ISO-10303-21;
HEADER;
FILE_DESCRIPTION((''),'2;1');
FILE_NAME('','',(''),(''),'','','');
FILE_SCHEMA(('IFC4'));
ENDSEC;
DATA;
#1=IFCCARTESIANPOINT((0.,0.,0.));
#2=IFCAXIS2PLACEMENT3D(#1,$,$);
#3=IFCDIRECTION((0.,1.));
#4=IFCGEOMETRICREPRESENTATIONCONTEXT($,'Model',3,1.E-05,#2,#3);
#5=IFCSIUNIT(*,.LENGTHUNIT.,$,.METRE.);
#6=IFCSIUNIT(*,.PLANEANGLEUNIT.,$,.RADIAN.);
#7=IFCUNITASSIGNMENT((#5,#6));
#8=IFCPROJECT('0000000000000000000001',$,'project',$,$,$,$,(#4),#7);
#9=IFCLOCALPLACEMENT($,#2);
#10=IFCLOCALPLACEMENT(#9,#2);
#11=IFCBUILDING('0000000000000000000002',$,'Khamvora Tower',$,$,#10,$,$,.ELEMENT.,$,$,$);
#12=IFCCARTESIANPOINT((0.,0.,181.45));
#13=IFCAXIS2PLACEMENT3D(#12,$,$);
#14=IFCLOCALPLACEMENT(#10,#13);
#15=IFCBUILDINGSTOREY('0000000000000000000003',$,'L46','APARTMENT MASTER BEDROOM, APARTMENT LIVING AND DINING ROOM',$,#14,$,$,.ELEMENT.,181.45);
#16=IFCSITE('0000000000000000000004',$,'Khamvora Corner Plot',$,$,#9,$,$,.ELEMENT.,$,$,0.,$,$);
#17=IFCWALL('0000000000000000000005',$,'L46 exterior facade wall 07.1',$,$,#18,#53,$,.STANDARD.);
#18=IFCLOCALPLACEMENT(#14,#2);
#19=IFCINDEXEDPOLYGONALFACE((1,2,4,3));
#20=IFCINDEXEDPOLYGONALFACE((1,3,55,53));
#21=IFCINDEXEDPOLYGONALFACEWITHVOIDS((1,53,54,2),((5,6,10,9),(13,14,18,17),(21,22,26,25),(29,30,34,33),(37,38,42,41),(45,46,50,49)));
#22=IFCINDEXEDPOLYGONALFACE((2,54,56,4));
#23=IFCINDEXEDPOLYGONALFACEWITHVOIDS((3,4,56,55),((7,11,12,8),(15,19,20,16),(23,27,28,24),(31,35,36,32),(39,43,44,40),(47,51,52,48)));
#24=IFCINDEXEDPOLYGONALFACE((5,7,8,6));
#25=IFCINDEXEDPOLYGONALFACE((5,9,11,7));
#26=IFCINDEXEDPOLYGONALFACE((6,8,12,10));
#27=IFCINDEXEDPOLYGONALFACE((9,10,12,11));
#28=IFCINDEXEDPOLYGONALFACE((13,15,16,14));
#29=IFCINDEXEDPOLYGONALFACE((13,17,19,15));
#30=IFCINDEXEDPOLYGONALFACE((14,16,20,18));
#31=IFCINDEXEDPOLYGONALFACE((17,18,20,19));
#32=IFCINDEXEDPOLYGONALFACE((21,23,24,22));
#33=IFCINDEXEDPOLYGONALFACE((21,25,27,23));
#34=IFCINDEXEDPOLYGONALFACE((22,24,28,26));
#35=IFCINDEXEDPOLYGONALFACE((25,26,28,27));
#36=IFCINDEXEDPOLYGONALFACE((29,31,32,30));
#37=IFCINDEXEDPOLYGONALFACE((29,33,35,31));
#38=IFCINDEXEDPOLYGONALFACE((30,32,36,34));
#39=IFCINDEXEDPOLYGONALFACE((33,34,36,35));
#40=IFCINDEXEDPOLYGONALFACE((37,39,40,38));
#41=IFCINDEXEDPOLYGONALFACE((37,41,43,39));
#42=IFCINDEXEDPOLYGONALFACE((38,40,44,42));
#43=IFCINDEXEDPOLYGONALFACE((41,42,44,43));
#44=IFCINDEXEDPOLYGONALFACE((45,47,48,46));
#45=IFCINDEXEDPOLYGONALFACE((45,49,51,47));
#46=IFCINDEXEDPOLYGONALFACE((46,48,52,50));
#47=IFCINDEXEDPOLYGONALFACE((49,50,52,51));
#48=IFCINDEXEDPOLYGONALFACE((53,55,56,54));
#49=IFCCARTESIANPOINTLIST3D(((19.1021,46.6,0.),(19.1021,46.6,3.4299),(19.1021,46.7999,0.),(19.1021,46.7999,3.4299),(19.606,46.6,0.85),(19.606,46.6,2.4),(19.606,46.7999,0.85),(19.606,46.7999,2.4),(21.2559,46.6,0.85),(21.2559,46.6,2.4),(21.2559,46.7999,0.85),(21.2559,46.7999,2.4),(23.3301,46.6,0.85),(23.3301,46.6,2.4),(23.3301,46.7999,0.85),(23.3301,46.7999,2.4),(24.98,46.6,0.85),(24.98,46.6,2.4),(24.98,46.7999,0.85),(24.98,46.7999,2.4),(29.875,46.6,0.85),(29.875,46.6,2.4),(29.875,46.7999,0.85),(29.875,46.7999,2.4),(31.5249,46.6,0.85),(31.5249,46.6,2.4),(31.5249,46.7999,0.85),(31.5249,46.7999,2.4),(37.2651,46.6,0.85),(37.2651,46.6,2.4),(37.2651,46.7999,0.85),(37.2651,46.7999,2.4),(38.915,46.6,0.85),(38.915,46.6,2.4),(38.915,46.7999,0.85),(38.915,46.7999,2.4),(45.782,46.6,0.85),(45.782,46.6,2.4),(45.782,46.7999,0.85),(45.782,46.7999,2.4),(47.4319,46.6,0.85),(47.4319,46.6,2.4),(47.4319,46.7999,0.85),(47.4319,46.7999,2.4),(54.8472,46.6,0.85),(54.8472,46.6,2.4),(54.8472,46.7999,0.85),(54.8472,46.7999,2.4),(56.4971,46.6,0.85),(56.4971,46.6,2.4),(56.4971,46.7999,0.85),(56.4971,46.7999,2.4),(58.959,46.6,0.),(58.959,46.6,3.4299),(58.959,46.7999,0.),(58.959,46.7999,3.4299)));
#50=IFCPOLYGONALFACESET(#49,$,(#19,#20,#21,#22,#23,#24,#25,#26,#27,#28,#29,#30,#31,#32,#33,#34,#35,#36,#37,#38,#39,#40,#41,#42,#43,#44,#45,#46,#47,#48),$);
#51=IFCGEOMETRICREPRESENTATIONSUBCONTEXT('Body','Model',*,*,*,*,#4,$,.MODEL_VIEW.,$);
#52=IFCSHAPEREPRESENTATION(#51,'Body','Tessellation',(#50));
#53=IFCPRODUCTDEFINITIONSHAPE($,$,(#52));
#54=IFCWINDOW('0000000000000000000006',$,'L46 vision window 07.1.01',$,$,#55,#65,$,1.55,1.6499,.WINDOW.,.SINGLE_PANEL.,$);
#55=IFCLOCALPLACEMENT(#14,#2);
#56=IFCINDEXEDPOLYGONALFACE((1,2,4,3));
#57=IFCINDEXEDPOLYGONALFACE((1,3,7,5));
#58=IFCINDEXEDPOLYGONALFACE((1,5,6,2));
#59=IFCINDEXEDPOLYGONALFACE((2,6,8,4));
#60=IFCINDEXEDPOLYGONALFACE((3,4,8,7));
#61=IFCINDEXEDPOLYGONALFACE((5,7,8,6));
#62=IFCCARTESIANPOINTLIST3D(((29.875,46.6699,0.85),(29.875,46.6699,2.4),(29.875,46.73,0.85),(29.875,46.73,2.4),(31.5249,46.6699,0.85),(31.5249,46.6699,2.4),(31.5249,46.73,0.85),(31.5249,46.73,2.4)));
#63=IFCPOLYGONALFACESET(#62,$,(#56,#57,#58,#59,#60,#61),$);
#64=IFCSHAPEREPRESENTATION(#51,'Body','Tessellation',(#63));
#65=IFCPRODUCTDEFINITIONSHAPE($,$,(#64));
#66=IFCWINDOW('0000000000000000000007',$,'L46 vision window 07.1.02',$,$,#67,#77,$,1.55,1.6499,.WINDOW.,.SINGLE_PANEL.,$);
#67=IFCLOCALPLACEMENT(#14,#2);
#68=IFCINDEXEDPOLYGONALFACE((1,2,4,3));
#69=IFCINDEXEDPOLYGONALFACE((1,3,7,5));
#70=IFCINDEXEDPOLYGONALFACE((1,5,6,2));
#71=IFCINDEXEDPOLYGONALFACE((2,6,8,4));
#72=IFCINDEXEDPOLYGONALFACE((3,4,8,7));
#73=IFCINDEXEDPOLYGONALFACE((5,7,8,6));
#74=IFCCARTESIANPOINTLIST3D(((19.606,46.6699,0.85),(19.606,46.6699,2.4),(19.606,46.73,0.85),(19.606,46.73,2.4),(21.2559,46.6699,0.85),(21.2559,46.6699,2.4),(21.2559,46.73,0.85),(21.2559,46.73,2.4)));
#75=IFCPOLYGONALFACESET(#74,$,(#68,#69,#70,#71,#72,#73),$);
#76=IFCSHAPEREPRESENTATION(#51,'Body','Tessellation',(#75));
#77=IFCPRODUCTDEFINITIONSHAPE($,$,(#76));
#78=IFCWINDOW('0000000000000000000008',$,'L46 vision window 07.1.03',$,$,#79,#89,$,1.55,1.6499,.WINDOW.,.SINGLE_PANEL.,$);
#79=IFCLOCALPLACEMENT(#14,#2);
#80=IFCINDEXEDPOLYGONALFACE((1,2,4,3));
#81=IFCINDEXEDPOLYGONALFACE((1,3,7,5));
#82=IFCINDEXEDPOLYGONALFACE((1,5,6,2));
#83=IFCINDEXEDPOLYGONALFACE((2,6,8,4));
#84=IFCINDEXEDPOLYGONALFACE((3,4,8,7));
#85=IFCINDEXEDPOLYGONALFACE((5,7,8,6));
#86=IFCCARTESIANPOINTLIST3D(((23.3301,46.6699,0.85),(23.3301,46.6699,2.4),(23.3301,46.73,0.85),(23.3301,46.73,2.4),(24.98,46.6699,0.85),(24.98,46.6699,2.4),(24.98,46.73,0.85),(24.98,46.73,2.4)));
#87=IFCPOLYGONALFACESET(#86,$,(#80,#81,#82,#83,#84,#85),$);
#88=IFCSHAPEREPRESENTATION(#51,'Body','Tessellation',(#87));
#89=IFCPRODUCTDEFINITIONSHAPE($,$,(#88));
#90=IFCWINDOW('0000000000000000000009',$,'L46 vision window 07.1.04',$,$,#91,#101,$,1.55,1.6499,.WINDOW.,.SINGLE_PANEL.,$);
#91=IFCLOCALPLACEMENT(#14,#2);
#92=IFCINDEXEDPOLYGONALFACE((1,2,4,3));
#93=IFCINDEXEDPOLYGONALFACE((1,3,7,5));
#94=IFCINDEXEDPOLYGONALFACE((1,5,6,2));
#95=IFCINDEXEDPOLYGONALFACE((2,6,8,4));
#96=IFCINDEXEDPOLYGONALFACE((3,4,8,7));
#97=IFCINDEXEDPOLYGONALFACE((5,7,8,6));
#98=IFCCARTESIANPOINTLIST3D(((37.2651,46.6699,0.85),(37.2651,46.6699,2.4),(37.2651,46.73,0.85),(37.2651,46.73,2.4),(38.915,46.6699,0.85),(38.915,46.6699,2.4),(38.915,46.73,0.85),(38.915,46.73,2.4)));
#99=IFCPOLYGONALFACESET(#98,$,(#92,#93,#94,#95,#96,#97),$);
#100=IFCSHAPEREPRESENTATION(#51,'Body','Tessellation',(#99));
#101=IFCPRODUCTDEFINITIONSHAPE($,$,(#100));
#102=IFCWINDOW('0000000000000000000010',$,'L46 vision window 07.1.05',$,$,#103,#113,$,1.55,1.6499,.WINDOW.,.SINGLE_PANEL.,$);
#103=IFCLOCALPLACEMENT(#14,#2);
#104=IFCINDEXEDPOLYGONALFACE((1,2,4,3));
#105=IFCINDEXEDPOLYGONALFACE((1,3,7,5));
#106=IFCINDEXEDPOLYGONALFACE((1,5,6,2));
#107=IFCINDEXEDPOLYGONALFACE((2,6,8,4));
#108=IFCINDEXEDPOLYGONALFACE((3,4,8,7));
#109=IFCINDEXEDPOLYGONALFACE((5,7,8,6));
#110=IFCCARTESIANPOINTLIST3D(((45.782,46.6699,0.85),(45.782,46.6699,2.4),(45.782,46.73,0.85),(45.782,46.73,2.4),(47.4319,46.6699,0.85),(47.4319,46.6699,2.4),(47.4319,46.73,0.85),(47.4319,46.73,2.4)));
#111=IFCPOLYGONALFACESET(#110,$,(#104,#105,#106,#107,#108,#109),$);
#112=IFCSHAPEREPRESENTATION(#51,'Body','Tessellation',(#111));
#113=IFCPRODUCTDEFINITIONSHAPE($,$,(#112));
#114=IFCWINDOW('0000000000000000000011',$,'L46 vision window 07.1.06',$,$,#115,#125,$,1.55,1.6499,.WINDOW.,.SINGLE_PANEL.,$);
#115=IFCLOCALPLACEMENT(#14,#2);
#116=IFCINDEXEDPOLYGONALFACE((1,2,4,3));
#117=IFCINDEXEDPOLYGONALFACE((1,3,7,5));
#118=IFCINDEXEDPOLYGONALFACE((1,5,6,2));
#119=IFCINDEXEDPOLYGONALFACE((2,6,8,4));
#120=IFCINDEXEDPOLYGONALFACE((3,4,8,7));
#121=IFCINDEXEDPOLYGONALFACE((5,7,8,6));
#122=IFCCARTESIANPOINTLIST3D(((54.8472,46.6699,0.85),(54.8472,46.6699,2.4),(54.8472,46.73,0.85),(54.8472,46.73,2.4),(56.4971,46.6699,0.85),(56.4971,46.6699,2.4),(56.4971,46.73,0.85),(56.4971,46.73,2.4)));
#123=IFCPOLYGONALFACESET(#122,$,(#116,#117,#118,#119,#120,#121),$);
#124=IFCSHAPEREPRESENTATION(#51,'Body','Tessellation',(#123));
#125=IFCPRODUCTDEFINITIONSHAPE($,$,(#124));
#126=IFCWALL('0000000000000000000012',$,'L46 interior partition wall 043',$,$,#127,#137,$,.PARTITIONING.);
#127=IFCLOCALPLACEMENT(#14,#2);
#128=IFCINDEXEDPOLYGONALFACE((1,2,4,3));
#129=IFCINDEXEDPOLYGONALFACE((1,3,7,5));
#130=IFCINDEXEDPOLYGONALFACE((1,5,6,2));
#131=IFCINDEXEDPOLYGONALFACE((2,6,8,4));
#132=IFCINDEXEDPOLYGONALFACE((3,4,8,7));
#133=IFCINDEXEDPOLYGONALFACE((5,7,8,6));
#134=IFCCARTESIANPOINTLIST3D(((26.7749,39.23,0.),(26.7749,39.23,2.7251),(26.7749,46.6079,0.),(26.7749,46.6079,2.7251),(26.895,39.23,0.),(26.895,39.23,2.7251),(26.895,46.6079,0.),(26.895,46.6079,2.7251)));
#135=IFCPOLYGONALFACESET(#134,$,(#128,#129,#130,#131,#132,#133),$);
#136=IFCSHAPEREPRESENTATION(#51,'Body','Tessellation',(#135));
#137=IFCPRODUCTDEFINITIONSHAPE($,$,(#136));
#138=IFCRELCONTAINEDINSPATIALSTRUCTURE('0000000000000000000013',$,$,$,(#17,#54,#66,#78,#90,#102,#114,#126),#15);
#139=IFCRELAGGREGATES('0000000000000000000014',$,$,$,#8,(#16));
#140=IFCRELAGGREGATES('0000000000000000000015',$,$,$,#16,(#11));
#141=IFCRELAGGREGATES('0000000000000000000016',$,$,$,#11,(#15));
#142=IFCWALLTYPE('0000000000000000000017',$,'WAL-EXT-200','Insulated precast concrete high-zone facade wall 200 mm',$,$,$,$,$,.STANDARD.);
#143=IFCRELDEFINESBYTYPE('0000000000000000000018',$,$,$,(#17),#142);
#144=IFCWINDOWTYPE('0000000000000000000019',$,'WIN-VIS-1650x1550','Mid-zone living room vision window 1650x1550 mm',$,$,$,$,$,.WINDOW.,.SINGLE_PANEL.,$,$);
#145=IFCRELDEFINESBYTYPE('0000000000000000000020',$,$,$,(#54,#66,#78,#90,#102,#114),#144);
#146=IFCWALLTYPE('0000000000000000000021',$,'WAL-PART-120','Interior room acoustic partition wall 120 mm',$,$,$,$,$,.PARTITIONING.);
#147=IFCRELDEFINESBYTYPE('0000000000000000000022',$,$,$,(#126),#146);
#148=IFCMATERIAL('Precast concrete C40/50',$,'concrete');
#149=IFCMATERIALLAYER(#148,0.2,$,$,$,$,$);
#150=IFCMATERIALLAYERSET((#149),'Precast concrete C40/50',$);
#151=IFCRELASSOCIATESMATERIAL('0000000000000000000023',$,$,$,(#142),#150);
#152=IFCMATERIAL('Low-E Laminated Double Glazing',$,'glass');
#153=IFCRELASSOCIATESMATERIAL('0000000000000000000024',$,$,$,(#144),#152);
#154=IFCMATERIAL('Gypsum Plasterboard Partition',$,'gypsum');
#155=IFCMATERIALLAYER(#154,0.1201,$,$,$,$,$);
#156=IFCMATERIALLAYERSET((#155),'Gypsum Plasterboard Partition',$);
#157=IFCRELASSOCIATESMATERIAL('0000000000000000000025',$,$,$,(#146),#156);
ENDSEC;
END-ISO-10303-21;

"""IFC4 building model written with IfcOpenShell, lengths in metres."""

from ifc_helpers import new_model, si_unit, direction, frame, frame_2d, origin, place, context, subcontext, project, spatial, rectangle, extrude, material, layer, layer_set, type_object, element, fill, save


model = new_model("IFC4")

# Units and contexts
model_context = context("Model", 3, precision=1e-05, world=origin(), true_north=direction((0.0, 1.0)))
body_context = subcontext(model_context, "Body", "Model", "MODEL_VIEW")
ifc_project = project(units=[si_unit("LENGTHUNIT", "METRE"), si_unit("PLANEANGLEUNIT", "RADIAN")], contexts=[model_context])

# Site, building, storey
site_placement = place(None, origin())
site = spatial("IfcSite", under=ifc_project, at=site_placement, Name="Khamvora Corner Plot", CompositionType="ELEMENT", RefElevation=0.0)
building_placement = place(site_placement, origin())
building = spatial("IfcBuilding", under=site, at=building_placement, Name="Khamvora Tower", CompositionType="ELEMENT")
storey_placement = place(building_placement, frame((0.0, 0.0, 181.45)))
storey = spatial("IfcBuildingStorey", under=building, at=storey_placement, Name="L46", Description="APARTMENT MASTER BEDROOM, APARTMENT LIVING AND DINING ROOM", CompositionType="ELEMENT", Elevation=181.45)

# Wall, openings, windows
ifc_material_1 = material(Name="Precast concrete C40/50", Category="concrete")
ifc_layer_1 = layer(ifc_material_1, 0.2)
ifc_layer_set_1 = layer_set([ifc_layer_1], Name="Precast concrete C40/50")
wall_type_1 = type_object("IfcWallType", Name="WAL-EXT-200", Description="Insulated precast concrete high-zone facade wall 200 mm", PredefinedType="STANDARD", material=ifc_layer_set_1)
wall_1_placement = place(storey_placement, frame((19.1021, 46.7, 0.0), z_axis=(0.0, 0.0, 1.0), x_axis=(1.0, 0.0, 0.0)))
wall_1 = element("IfcWall", 1, at=wall_1_placement, inside=storey, type_object=wall_type_1, Name="L46 exterior facade wall 07.1", PredefinedType="STANDARD", context=body_context, shape_type="SweptSolid", body=[
    extrude(rectangle(XDim=39.8569, YDim=0.2, at=frame_2d((19.9285, 0.0))), origin(), (0.0, 0.0, 1.0), 3.4299),
])
opening_1_placement = place(wall_1_placement, frame((10.7729, 0.0, 0.8501)))
opening_1 = element("IfcOpeningElement", 2, at=opening_1_placement, cuts=wall_1, PredefinedType="OPENING", context=body_context, shape_type="SweptSolid", body=[
    extrude(rectangle(XDim=1.6499, YDim=1.55, at=frame_2d((0.825, 0.7749))), frame((0.0, 0.1099, 0.0), z_axis=(0.0, -1.0, 0.0), x_axis=(1.0, 0.0, 0.0)), (0.0, 0.0, 1.0), 0.22),
])
opening_2_placement = place(wall_1_placement, frame((0.5039, 0.0, 0.8501)))
opening_2 = element("IfcOpeningElement", 3, at=opening_2_placement, cuts=wall_1, PredefinedType="OPENING", context=body_context, shape_type="SweptSolid", body=[
    extrude(rectangle(XDim=1.6499, YDim=1.55, at=frame_2d((0.825, 0.7749))), frame((0.0, 0.1099, 0.0), z_axis=(0.0, -1.0, 0.0), x_axis=(1.0, 0.0, 0.0)), (0.0, 0.0, 1.0), 0.22),
])
opening_3_placement = place(wall_1_placement, frame((4.228, 0.0, 0.8501)))
opening_3 = element("IfcOpeningElement", 4, at=opening_3_placement, cuts=wall_1, PredefinedType="OPENING", context=body_context, shape_type="SweptSolid", body=[
    extrude(rectangle(XDim=1.6499, YDim=1.55, at=frame_2d((0.825, 0.7749))), frame((0.0, 0.1099, 0.0), z_axis=(0.0, -1.0, 0.0), x_axis=(1.0, 0.0, 0.0)), (0.0, 0.0, 1.0), 0.22),
])
opening_4_placement = place(wall_1_placement, frame((18.1631, 0.0, 0.8501)))
opening_4 = element("IfcOpeningElement", 5, at=opening_4_placement, cuts=wall_1, PredefinedType="OPENING", context=body_context, shape_type="SweptSolid", body=[
    extrude(rectangle(XDim=1.6499, YDim=1.55, at=frame_2d((0.825, 0.7749))), frame((0.0, 0.1099, 0.0), z_axis=(0.0, -1.0, 0.0), x_axis=(1.0, 0.0, 0.0)), (0.0, 0.0, 1.0), 0.22),
])
opening_5_placement = place(wall_1_placement, frame((26.6799, 0.0, 0.8501)))
opening_5 = element("IfcOpeningElement", 6, at=opening_5_placement, cuts=wall_1, PredefinedType="OPENING", context=body_context, shape_type="SweptSolid", body=[
    extrude(rectangle(XDim=1.6499, YDim=1.55, at=frame_2d((0.825, 0.7749))), frame((0.0, 0.1099, 0.0), z_axis=(0.0, -1.0, 0.0), x_axis=(1.0, 0.0, 0.0)), (0.0, 0.0, 1.0), 0.22),
])
opening_6_placement = place(wall_1_placement, frame((35.7451, 0.0, 0.8501)))
opening_6 = element("IfcOpeningElement", 7, at=opening_6_placement, cuts=wall_1, PredefinedType="OPENING", context=body_context, shape_type="SweptSolid", body=[
    extrude(rectangle(XDim=1.6499, YDim=1.55, at=frame_2d((0.825, 0.7749))), frame((0.0, 0.1099, 0.0), z_axis=(0.0, -1.0, 0.0), x_axis=(1.0, 0.0, 0.0)), (0.0, 0.0, 1.0), 0.22),
])
ifc_material_2 = material(Name="Low-E Laminated Double Glazing", Category="glass")
window_type = type_object("IfcWindowType", Name="WIN-VIS-1650x1550", Description="Mid-zone living room vision window 1650x1550 mm", PartitioningType="SINGLE_PANEL", PredefinedType="WINDOW", material=ifc_material_2)
window_1_placement = place(opening_1_placement, origin())
window_1 = element("IfcWindow", 8, at=window_1_placement, inside=storey, type_object=window_type, Name="L46 vision window 07.1.01", OverallHeight=1.55, OverallWidth=1.6499, PartitioningType="SINGLE_PANEL", PredefinedType="WINDOW", context=body_context, shape_type="SweptSolid", body=[
    extrude(rectangle(XDim=1.6499, YDim=1.55, at=frame_2d((0.825, 0.7749))), frame((0.0, 0.03, 0.0), z_axis=(0.0, -1.0, 0.0), x_axis=(1.0, 0.0, 0.0)), (0.0, 0.0, 1.0), 0.0601),
])
fill(opening_1, window_1)
window_2_placement = place(opening_2_placement, origin())
window_2 = element("IfcWindow", 9, at=window_2_placement, inside=storey, type_object=window_type, Name="L46 vision window 07.1.02", OverallHeight=1.55, OverallWidth=1.6499, PartitioningType="SINGLE_PANEL", PredefinedType="WINDOW", context=body_context, shape_type="SweptSolid", body=[
    extrude(rectangle(XDim=1.6499, YDim=1.55, at=frame_2d((0.825, 0.7749))), frame((0.0, 0.03, 0.0), z_axis=(0.0, -1.0, 0.0), x_axis=(1.0, 0.0, 0.0)), (0.0, 0.0, 1.0), 0.0601),
])
fill(opening_2, window_2)
window_3_placement = place(opening_3_placement, origin())
window_3 = element("IfcWindow", 10, at=window_3_placement, inside=storey, type_object=window_type, Name="L46 vision window 07.1.03", OverallHeight=1.55, OverallWidth=1.6499, PartitioningType="SINGLE_PANEL", PredefinedType="WINDOW", context=body_context, shape_type="SweptSolid", body=[
    extrude(rectangle(XDim=1.6499, YDim=1.55, at=frame_2d((0.825, 0.7749))), frame((0.0, 0.03, 0.0), z_axis=(0.0, -1.0, 0.0), x_axis=(1.0, 0.0, 0.0)), (0.0, 0.0, 1.0), 0.0601),
])
fill(opening_3, window_3)
window_4_placement = place(opening_4_placement, origin())
window_4 = element("IfcWindow", 11, at=window_4_placement, inside=storey, type_object=window_type, Name="L46 vision window 07.1.04", OverallHeight=1.55, OverallWidth=1.6499, PartitioningType="SINGLE_PANEL", PredefinedType="WINDOW", context=body_context, shape_type="SweptSolid", body=[
    extrude(rectangle(XDim=1.6499, YDim=1.55, at=frame_2d((0.825, 0.7749))), frame((0.0, 0.03, 0.0), z_axis=(0.0, -1.0, 0.0), x_axis=(1.0, 0.0, 0.0)), (0.0, 0.0, 1.0), 0.0601),
])
fill(opening_4, window_4)
window_5_placement = place(opening_5_placement, origin())
window_5 = element("IfcWindow", 12, at=window_5_placement, inside=storey, type_object=window_type, Name="L46 vision window 07.1.05", OverallHeight=1.55, OverallWidth=1.6499, PartitioningType="SINGLE_PANEL", PredefinedType="WINDOW", context=body_context, shape_type="SweptSolid", body=[
    extrude(rectangle(XDim=1.6499, YDim=1.55, at=frame_2d((0.825, 0.7749))), frame((0.0, 0.03, 0.0), z_axis=(0.0, -1.0, 0.0), x_axis=(1.0, 0.0, 0.0)), (0.0, 0.0, 1.0), 0.0601),
])
fill(opening_5, window_5)
window_6_placement = place(opening_6_placement, origin())
window_6 = element("IfcWindow", 13, at=window_6_placement, inside=storey, type_object=window_type, Name="L46 vision window 07.1.06", OverallHeight=1.55, OverallWidth=1.6499, PartitioningType="SINGLE_PANEL", PredefinedType="WINDOW", context=body_context, shape_type="SweptSolid", body=[
    extrude(rectangle(XDim=1.6499, YDim=1.55, at=frame_2d((0.825, 0.7749))), frame((0.0, 0.03, 0.0), z_axis=(0.0, -1.0, 0.0), x_axis=(1.0, 0.0, 0.0)), (0.0, 0.0, 1.0), 0.0601),
])
fill(opening_6, window_6)

# Wall
ifc_material_3 = material(Name="Gypsum Plasterboard Partition", Category="gypsum")
ifc_layer_2 = layer(ifc_material_3, 0.1201)
ifc_layer_set_2 = layer_set([ifc_layer_2], Name="Gypsum Plasterboard Partition")
wall_type_2 = type_object("IfcWallType", Name="WAL-PART-120", Description="Interior room acoustic partition wall 120 mm", PredefinedType="PARTITIONING", material=ifc_layer_set_2)
wall_2_placement = place(storey_placement, frame((26.835, 39.23, 0.0), z_axis=(0.0, 0.0, 1.0), x_axis=(0.0, 1.0, 0.0)))
element("IfcWall", 14, at=wall_2_placement, inside=storey, type_object=wall_type_2, Name="L46 interior partition wall 043", PredefinedType="PARTITIONING", context=body_context, shape_type="SweptSolid", body=[
    extrude(rectangle(XDim=7.3779, YDim=0.1201, at=frame_2d((3.689, 0.0))), origin(), (0.0, 0.0, 1.0), 2.7251),
])

save(model, "model.ifc")
